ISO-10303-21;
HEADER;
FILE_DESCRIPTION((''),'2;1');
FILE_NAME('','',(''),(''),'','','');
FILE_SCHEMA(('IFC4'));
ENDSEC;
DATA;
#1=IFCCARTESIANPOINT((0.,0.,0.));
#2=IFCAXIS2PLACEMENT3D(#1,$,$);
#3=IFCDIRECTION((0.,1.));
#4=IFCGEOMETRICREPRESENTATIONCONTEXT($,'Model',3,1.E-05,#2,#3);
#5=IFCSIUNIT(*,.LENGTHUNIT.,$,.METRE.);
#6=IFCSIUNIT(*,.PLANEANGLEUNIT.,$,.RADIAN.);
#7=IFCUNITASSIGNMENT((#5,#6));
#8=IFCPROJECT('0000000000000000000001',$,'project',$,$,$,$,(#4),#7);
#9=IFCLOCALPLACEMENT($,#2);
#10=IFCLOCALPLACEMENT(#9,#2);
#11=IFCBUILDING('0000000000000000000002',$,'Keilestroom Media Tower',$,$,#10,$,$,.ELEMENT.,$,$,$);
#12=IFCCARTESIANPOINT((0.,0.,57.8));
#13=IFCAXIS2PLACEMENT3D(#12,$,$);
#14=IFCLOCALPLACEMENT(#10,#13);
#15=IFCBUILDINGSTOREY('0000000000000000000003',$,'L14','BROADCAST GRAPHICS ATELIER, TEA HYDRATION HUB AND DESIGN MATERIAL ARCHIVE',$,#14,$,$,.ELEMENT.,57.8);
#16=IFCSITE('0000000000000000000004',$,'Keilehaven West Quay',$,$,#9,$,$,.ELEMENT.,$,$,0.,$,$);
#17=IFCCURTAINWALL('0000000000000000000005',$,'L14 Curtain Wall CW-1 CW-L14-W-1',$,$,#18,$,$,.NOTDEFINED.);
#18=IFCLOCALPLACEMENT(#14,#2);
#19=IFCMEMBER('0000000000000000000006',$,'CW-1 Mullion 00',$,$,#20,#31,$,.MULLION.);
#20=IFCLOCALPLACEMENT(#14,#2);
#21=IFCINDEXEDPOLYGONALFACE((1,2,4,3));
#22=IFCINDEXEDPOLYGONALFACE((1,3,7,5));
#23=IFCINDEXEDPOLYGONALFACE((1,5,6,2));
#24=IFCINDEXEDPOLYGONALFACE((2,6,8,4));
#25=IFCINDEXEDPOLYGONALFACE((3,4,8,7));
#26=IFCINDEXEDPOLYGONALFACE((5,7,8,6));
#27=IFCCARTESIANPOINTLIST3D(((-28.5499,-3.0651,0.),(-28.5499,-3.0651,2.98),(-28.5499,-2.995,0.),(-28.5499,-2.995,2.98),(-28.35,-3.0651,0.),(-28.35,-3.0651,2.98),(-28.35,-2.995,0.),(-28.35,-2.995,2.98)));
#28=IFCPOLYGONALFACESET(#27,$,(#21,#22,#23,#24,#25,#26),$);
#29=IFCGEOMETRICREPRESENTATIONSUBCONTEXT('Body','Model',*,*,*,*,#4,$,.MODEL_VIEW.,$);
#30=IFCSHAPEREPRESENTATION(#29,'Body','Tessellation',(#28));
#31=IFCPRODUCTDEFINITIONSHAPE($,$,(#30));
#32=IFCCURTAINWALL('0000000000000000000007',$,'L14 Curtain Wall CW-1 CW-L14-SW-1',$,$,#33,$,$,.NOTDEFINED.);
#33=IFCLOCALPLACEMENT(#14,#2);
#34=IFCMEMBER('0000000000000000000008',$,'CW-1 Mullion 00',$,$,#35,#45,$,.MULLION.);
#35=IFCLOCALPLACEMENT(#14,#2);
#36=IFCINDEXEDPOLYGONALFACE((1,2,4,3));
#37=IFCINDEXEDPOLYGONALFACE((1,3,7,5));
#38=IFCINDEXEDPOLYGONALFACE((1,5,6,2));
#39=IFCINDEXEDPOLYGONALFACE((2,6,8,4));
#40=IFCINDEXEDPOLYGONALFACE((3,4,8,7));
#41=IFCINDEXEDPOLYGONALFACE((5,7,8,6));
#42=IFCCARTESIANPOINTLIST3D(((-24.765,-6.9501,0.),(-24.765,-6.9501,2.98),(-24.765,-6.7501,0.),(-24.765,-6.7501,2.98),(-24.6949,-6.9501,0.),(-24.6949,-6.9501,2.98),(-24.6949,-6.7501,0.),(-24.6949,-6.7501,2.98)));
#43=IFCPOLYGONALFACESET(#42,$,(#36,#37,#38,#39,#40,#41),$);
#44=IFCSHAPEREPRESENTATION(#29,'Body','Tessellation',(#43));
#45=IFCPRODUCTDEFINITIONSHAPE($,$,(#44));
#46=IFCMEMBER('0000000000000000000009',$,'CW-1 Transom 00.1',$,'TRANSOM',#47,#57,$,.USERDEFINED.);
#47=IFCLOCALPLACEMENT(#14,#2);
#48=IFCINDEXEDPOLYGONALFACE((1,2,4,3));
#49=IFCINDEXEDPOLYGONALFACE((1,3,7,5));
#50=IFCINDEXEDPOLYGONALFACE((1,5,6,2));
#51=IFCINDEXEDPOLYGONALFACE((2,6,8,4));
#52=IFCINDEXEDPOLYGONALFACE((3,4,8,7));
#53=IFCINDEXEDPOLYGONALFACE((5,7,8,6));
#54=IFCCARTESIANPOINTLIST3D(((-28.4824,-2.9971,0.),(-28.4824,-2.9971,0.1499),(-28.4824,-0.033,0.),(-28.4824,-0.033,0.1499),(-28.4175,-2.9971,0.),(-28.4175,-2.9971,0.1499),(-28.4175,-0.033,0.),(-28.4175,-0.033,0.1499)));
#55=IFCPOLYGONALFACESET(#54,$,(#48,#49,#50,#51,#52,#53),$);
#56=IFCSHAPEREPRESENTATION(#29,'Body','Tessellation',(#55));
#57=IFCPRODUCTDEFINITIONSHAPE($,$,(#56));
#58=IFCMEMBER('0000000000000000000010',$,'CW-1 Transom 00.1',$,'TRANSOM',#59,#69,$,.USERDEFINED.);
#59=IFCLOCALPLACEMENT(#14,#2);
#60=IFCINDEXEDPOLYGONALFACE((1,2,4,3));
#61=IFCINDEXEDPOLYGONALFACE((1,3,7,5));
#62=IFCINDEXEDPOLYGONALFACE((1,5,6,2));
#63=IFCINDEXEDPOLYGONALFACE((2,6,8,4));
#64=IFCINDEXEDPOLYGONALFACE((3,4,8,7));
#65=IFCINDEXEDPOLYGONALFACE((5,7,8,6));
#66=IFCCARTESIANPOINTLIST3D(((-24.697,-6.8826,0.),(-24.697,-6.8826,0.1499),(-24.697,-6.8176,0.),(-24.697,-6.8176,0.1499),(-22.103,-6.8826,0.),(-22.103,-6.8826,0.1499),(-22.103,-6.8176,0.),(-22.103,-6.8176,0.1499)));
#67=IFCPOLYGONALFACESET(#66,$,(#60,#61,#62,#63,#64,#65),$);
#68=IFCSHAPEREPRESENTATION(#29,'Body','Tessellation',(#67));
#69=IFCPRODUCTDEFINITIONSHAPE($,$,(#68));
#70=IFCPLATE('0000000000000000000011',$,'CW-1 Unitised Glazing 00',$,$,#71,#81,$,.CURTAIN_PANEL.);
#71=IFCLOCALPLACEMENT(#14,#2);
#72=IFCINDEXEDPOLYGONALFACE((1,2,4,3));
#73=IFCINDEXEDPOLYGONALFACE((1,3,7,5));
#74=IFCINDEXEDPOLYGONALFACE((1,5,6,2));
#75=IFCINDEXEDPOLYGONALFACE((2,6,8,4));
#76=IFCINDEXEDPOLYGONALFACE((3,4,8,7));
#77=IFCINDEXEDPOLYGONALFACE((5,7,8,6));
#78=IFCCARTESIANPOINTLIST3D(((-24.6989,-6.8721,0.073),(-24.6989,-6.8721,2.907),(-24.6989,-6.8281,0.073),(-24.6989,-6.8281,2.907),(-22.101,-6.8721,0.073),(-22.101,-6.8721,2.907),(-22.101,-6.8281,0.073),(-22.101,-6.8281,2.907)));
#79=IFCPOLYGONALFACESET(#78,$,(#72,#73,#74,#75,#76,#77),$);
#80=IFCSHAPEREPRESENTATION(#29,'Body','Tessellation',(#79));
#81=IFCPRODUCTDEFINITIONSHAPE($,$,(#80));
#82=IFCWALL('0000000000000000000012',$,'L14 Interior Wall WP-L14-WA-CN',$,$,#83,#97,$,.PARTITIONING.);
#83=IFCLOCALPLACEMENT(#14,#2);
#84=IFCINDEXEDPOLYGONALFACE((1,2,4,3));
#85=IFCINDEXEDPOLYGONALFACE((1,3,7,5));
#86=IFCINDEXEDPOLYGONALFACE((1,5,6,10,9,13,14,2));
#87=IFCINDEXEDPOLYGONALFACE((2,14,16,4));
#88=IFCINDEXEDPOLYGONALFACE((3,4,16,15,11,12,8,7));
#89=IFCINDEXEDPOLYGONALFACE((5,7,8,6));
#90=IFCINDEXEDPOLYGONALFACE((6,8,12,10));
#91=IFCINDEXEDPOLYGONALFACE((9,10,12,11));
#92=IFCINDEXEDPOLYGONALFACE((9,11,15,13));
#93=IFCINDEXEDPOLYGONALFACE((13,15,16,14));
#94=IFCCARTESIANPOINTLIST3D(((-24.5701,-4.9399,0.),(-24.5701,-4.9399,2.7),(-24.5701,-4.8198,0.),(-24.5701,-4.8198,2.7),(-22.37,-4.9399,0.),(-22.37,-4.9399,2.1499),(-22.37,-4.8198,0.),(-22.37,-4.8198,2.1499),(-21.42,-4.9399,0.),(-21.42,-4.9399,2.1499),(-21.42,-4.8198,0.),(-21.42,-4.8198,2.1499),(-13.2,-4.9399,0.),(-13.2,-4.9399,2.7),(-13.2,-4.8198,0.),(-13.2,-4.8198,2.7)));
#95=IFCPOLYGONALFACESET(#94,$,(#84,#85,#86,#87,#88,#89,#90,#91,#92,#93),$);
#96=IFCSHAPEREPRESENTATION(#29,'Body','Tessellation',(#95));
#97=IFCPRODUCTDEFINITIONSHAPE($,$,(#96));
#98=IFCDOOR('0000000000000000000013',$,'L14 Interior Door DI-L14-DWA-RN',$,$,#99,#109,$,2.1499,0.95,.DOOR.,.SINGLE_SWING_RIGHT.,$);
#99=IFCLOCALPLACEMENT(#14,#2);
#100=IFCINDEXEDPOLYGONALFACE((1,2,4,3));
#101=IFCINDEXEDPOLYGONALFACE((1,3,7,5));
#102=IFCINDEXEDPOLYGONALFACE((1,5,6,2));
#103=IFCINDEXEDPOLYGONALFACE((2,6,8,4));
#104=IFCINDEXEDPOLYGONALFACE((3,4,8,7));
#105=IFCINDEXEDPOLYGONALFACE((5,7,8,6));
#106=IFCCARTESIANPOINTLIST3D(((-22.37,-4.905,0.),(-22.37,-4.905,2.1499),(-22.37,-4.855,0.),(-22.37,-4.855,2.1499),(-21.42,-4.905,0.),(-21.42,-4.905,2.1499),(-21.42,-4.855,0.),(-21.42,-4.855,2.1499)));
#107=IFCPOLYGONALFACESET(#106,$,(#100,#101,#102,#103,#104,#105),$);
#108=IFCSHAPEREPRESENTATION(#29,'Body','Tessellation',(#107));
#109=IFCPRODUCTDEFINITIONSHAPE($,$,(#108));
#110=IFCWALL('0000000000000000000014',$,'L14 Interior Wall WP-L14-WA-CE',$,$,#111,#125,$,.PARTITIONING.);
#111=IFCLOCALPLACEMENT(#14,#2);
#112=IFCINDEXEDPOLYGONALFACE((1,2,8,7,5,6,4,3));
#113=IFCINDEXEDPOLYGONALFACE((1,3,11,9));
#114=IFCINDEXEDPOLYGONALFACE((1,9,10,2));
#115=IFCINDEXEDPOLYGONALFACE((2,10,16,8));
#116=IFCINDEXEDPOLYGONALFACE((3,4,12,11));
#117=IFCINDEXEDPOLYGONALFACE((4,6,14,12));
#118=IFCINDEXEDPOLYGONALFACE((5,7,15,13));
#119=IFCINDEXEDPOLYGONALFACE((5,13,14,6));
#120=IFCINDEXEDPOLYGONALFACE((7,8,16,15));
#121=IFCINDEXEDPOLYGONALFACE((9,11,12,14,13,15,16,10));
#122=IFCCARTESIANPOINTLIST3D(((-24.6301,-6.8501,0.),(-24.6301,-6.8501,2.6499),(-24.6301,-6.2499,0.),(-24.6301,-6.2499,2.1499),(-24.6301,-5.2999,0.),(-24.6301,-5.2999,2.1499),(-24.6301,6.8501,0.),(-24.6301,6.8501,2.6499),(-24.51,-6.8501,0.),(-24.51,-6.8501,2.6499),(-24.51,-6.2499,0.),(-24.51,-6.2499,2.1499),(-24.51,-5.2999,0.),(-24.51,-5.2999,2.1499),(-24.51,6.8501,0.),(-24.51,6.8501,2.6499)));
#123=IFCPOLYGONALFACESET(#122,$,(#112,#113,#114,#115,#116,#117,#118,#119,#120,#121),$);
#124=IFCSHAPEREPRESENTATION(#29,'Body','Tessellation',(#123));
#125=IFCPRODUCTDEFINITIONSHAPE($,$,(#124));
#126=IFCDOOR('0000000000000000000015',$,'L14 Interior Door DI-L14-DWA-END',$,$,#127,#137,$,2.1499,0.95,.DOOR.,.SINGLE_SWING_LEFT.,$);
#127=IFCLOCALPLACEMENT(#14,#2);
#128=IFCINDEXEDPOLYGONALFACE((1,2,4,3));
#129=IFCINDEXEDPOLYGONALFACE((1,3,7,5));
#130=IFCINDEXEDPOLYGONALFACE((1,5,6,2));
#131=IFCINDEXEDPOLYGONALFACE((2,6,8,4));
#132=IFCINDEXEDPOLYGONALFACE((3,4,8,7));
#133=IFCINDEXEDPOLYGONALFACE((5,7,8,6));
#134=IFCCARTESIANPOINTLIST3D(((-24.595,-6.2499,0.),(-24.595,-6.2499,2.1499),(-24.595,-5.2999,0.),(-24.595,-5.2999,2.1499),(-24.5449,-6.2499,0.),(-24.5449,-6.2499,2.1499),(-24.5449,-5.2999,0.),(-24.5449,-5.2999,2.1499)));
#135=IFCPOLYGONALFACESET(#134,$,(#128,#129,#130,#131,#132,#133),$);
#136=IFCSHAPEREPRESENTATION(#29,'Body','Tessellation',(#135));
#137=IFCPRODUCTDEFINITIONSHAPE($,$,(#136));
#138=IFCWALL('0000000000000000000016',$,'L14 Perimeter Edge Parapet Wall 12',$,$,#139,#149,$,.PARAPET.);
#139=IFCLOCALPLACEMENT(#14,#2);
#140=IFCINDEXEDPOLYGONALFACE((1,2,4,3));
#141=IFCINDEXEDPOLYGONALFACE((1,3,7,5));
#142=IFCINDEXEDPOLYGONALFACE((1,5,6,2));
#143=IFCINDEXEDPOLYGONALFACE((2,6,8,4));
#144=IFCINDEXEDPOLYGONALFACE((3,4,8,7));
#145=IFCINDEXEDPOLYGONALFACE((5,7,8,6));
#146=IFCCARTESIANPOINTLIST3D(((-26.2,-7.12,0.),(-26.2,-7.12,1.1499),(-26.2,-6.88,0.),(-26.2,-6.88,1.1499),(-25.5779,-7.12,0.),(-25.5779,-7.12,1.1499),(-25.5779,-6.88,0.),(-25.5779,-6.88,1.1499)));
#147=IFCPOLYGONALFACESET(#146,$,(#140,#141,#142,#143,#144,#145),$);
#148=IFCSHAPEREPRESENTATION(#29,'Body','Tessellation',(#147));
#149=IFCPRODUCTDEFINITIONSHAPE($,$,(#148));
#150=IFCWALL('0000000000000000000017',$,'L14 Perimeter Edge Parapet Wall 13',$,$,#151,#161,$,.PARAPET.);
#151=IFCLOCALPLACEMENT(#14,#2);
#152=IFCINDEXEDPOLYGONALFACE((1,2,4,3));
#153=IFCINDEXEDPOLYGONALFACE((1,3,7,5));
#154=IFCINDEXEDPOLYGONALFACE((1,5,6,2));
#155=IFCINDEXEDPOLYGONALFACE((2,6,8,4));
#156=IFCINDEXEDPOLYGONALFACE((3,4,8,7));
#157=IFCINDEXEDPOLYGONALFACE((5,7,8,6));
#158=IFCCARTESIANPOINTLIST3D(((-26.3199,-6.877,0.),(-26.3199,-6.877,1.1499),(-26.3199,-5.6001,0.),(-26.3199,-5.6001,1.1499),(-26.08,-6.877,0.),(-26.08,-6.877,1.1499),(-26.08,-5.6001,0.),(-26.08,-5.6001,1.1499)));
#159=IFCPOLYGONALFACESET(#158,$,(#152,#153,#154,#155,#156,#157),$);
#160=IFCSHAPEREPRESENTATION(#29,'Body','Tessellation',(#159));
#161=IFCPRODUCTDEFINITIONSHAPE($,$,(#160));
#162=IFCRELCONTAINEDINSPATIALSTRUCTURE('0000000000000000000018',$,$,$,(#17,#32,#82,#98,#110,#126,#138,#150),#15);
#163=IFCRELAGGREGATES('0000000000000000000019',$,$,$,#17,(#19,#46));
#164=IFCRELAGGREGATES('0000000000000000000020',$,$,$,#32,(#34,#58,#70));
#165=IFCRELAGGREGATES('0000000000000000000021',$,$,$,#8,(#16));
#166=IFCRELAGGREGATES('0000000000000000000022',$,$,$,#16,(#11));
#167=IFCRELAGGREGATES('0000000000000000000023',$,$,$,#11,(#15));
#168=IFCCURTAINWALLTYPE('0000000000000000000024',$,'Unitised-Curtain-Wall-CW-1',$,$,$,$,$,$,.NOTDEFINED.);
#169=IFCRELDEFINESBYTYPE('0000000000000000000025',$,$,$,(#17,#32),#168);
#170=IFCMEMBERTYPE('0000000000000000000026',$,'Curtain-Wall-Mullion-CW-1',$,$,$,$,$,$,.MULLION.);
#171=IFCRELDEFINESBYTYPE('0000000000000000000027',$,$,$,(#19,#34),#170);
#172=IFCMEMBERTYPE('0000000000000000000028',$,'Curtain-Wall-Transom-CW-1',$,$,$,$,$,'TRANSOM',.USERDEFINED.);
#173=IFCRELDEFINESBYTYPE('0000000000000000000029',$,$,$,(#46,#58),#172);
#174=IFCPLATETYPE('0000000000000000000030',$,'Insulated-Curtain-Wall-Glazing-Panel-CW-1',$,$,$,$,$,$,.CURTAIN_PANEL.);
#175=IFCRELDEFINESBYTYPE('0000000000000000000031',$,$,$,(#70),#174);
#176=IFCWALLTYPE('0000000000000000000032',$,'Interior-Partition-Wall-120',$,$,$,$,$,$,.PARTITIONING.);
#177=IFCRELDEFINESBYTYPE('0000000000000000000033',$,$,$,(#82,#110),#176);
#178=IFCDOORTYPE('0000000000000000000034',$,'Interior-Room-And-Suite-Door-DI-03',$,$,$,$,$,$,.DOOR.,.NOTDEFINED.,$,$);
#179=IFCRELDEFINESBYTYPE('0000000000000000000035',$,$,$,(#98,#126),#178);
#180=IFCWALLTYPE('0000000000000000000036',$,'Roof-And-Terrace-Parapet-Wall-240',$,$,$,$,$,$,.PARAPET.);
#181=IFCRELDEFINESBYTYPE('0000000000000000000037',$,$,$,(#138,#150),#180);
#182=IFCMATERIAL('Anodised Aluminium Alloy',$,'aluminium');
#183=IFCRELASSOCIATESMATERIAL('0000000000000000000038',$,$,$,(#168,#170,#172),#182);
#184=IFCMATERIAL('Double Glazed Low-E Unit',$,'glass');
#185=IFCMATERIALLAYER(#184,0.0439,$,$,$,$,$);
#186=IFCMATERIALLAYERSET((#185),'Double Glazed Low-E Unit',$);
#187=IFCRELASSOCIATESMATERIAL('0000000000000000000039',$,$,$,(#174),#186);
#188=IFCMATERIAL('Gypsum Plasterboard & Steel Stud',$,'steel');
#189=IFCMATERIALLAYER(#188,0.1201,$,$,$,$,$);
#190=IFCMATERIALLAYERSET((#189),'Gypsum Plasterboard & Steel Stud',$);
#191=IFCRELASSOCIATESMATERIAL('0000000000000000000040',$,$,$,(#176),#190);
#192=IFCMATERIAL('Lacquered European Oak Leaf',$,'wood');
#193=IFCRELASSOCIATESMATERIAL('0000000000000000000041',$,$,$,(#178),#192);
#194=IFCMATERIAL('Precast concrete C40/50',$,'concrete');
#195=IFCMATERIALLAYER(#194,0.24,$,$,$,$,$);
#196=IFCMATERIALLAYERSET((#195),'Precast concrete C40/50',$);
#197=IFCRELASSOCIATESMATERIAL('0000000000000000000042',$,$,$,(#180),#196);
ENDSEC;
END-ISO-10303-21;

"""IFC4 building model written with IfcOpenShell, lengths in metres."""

from ifc_helpers import new_model, si_unit, direction, frame, frame_2d, origin, origin_2d, place, context, subcontext, project, spatial, rectangle, extrude, source, transform, mapped, material, layer, layer_set, material_profile, profile_set, type_object, element, fill, aggregate, save


model = new_model("IFC4")

# Units and contexts
model_context = context("Model", 3, precision=1e-05, world=origin(), true_north=direction((0.0, 1.0)))
body_context = subcontext(model_context, "Body", "Model", "MODEL_VIEW")
ifc_project = project(units=[si_unit("LENGTHUNIT", "METRE"), si_unit("PLANEANGLEUNIT", "RADIAN")], contexts=[model_context])

# Site, building, storey
site_placement = place(None, origin())
site = spatial("IfcSite", under=ifc_project, at=site_placement, Name="Keilehaven West Quay", CompositionType="ELEMENT", RefElevation=0.0)
building_placement = place(site_placement, origin())
building = spatial("IfcBuilding", under=site, at=building_placement, Name="Keilestroom Media Tower", CompositionType="ELEMENT")
storey_placement = place(building_placement, frame((0.0, 0.0, 57.8)))
storey = spatial("IfcBuildingStorey", under=building, at=storey_placement, Name="L14", Description="BROADCAST GRAPHICS ATELIER, TEA HYDRATION HUB AND DESIGN MATERIAL ARCHIVE", CompositionType="ELEMENT", Elevation=57.8)

# Shared definitions
ifc_material_1 = material(Name="Precast concrete C40/50", Category="concrete")

# Curtain walls, members
ifc_material_2 = material(Name="Anodised Aluminium Alloy", Category="aluminium")
curtain_wall_type = type_object("IfcCurtainWallType", Name="Unitised-Curtain-Wall-CW-1", PredefinedType="NOTDEFINED", material=ifc_material_2)
curtain_wall_1_placement = place(storey_placement, origin())
curtain_wall_1 = element("IfcCurtainWall", 1, at=curtain_wall_1_placement, inside=storey, type_object=curtain_wall_type, Name="L14 Curtain Wall CW-1 CW-L14-W-1", PredefinedType="NOTDEFINED")
ifc_material_profile_1 = material_profile(ifc_material_2, rectangle(XDim=0.0701, YDim=0.2, at=origin_2d()), Name="ALU MULLION 70x200")
ifc_profile_set_1 = profile_set([ifc_material_profile_1], Name="Anodised Aluminium Alloy")
member_type_1 = type_object("IfcMemberType", Name="Curtain-Wall-Mullion-CW-1", PredefinedType="MULLION", material=ifc_profile_set_1)
shared_shape_1 = source(origin(), body_context, "Body", "SweptSolid", [
    extrude(rectangle(XDim=0.0701, YDim=0.2, at=origin_2d()), origin(), (0.0, 0.0, 1.0), 2.98),
])
member_1_placement = place(storey_placement, frame((-28.45, -3.03, 0.0), z_axis=(0.0, 0.0, 1.0), x_axis=(0.0, 1.0, 0.0)))
member_1 = element("IfcMember", 2, at=member_1_placement, type_object=member_type_1, Name="CW-1 Mullion 00", PredefinedType="MULLION", context=body_context, shape_type="MappedRepresentation", body=[
    mapped(shared_shape_1, transform((0.0, 0.0, 0.0), x_axis=(1.0, 0.0, 0.0), y_axis=(0.0, 1.0, 0.0), z_axis=(0.0, 0.0, 1.0), scale=1.0)),
])
curtain_wall_2_placement = place(storey_placement, origin())
curtain_wall_2 = element("IfcCurtainWall", 3, at=curtain_wall_2_placement, inside=storey, type_object=curtain_wall_type, Name="L14 Curtain Wall CW-1 CW-L14-SW-1", PredefinedType="NOTDEFINED")
member_2_placement = place(storey_placement, frame((-24.73, -6.8501, 0.0), z_axis=(0.0, 0.0, 1.0), x_axis=(1.0, 0.0, 0.0)))
member_2 = element("IfcMember", 4, at=member_2_placement, type_object=member_type_1, Name="CW-1 Mullion 00", PredefinedType="MULLION", context=body_context, shape_type="MappedRepresentation", body=[
    mapped(shared_shape_1, transform((0.0, 0.0, 0.0), x_axis=(1.0, 0.0, 0.0), y_axis=(0.0, 1.0, 0.0), z_axis=(0.0, 0.0, 1.0), scale=1.0)),
])

# Members
ifc_material_profile_2 = material_profile(ifc_material_2, rectangle(XDim=0.0649, YDim=0.1499, at=origin_2d()), Name="ALU TRANSOM 65x150")
ifc_profile_set_2 = profile_set([ifc_material_profile_2], Name="Anodised Aluminium Alloy")
member_type_2 = type_object("IfcMemberType", Name="Curtain-Wall-Transom-CW-1", ElementType="TRANSOM", PredefinedType="USERDEFINED", material=ifc_profile_set_2)
shared_shape_2 = source(origin(), body_context, "Body", "SweptSolid", [
    extrude(rectangle(XDim=0.0649, YDim=0.1499, at=origin_2d()), origin(), (0.0, 0.0, 1.0), 2.9641),
])
member_3_placement = place(storey_placement, frame((-28.45, -2.9971, 0.075), z_axis=(0.0, 1.0, 0.0), x_axis=(-1.0, 0.0, 0.0)))
member_3 = element("IfcMember", 5, at=member_3_placement, type_object=member_type_2, Name="CW-1 Transom 00.1", ObjectType="TRANSOM", PredefinedType="USERDEFINED", context=body_context, shape_type="MappedRepresentation", body=[
    mapped(shared_shape_2, transform((0.0, 0.0, 0.0), x_axis=(1.0, 0.0, 0.0), y_axis=(0.0, 1.0, 0.0), z_axis=(0.0, 0.0, 1.0), scale=1.0)),
])
aggregate(curtain_wall_1, [member_1, member_3])
shared_shape_3 = source(origin(), body_context, "Body", "SweptSolid", [
    extrude(rectangle(XDim=0.0649, YDim=0.1499, at=origin_2d()), origin(), (0.0, 0.0, 1.0), 2.594),
])
member_4_placement = place(storey_placement, frame((-24.697, -6.8501, 0.075), z_axis=(1.0, 0.0, 0.0), x_axis=(0.0, 1.0, 0.0)))
member_4 = element("IfcMember", 6, at=member_4_placement, type_object=member_type_2, Name="CW-1 Transom 00.1", ObjectType="TRANSOM", PredefinedType="USERDEFINED", context=body_context, shape_type="MappedRepresentation", body=[
    mapped(shared_shape_3, transform((0.0, 0.0, 0.0), x_axis=(1.0, 0.0, 0.0), y_axis=(0.0, 1.0, 0.0), z_axis=(0.0, 0.0, 1.0), scale=1.0)),
])

# Plate
ifc_material_3 = material(Name="Double Glazed Low-E Unit", Category="glass")
ifc_layer_1 = layer(ifc_material_3, 0.0439)
ifc_layer_set_1 = layer_set([ifc_layer_1], Name="Double Glazed Low-E Unit")
plate_type = type_object("IfcPlateType", Name="Insulated-Curtain-Wall-Glazing-Panel-CW-1", PredefinedType="CURTAIN_PANEL", material=ifc_layer_set_1)
shared_shape_4 = source(origin(), body_context, "Body", "SweptSolid", [
    extrude(rectangle(XDim=2.5979, YDim=0.0439, at=origin_2d()), origin(), (0.0, 0.0, 1.0), 2.834),
])
plate_placement = place(storey_placement, frame((-23.3999, -6.8501, 0.073), z_axis=(0.0, 0.0, 1.0), x_axis=(1.0, 0.0, 0.0)))
plate = element("IfcPlate", 7, at=plate_placement, type_object=plate_type, Name="CW-1 Unitised Glazing 00", PredefinedType="CURTAIN_PANEL", context=body_context, shape_type="MappedRepresentation", body=[
    mapped(shared_shape_4, transform((0.0, 0.0, 0.0), x_axis=(1.0, 0.0, 0.0), y_axis=(0.0, 1.0, 0.0), z_axis=(0.0, 0.0, 1.0), scale=1.0)),
])
aggregate(curtain_wall_2, [member_2, member_4, plate])

# Walls, openings, doors
ifc_material_4 = material(Name="Gypsum Plasterboard & Steel Stud", Category="steel")
ifc_layer_2 = layer(ifc_material_4, 0.1201)
ifc_layer_set_2 = layer_set([ifc_layer_2], Name="Gypsum Plasterboard & Steel Stud")
wall_type_1 = type_object("IfcWallType", Name="Interior-Partition-Wall-120", PredefinedType="PARTITIONING", material=ifc_layer_set_2)
wall_1_placement = place(storey_placement, frame((-24.5701, -4.8799, 0.0), z_axis=(0.0, 0.0, 1.0), x_axis=(1.0, 0.0, 0.0)))
wall_1 = element("IfcWall", 8, at=wall_1_placement, inside=storey, type_object=wall_type_1, Name="L14 Interior Wall WP-L14-WA-CN", PredefinedType="PARTITIONING", context=body_context, shape_type="SweptSolid", body=[
    extrude(rectangle(XDim=11.3701, YDim=0.1201, at=frame_2d((5.6851, 0.0))), origin(), (0.0, 0.0, 1.0), 2.7),
])
opening_1_placement = place(wall_1_placement, frame((2.2, 0.0, 0.0)))
opening_1 = element("IfcOpeningElement", 9, at=opening_1_placement, cuts=wall_1, PredefinedType="OPENING", context=body_context, shape_type="SweptSolid", body=[
    extrude(rectangle(XDim=0.95, YDim=2.1499, at=frame_2d((0.4751, 1.075))), frame((0.0, 0.0701, 0.0), z_axis=(0.0, -1.0, 0.0), x_axis=(1.0, 0.0, 0.0)), (0.0, 0.0, 1.0), 0.1401),
])
ifc_material_5 = material(Name="Lacquered European Oak Leaf", Category="wood")
door_type = type_object("IfcDoorType", Name="Interior-Room-And-Suite-Door-DI-03", OperationType="NOTDEFINED", PredefinedType="DOOR", material=ifc_material_5)
shared_shape_5 = source(origin(), body_context, "Body", "SweptSolid", [
    extrude(rectangle(XDim=0.95, YDim=2.1499, at=frame_2d((0.4751, 1.075))), frame((0.0, 0.0249, 0.0), z_axis=(0.0, -1.0, 0.0), x_axis=(1.0, 0.0, 0.0)), (0.0, 0.0, 1.0), 0.05),
])
door_1_placement = place(opening_1_placement, origin())
door_1 = element("IfcDoor", 10, at=door_1_placement, inside=storey, type_object=door_type, Name="L14 Interior Door DI-L14-DWA-RN", OperationType="SINGLE_SWING_RIGHT", OverallHeight=2.1499, OverallWidth=0.95, PredefinedType="DOOR", context=body_context, shape_type="MappedRepresentation", body=[
    mapped(shared_shape_5, transform((0.0, 0.0, 0.0), x_axis=(1.0, 0.0, 0.0), y_axis=(0.0, 1.0, 0.0), z_axis=(0.0, 0.0, 1.0), scale=1.0)),
])
fill(opening_1, door_1)
wall_2_placement = place(storey_placement, frame((-24.5701, -6.8501, 0.0), z_axis=(0.0, 0.0, 1.0), x_axis=(0.0, 1.0, 0.0)))
wall_2 = element("IfcWall", 11, at=wall_2_placement, inside=storey, type_object=wall_type_1, Name="L14 Interior Wall WP-L14-WA-CE", PredefinedType="PARTITIONING", context=body_context, shape_type="SweptSolid", body=[
    extrude(rectangle(XDim=13.7002, YDim=0.1201, at=frame_2d((6.8501, 0.0))), origin(), (0.0, 0.0, 1.0), 2.6499),
])
opening_2_placement = place(wall_2_placement, frame((0.6001, 0.0, 0.0)))
opening_2 = element("IfcOpeningElement", 12, at=opening_2_placement, cuts=wall_2, PredefinedType="OPENING", context=body_context, shape_type="SweptSolid", body=[
    extrude(rectangle(XDim=0.95, YDim=2.1499, at=frame_2d((0.4751, 1.075))), frame((0.0, 0.0701, 0.0), z_axis=(0.0, -1.0, 0.0), x_axis=(1.0, 0.0, 0.0)), (0.0, 0.0, 1.0), 0.1401),
])
door_2_placement = place(opening_2_placement, origin())
door_2 = element("IfcDoor", 13, at=door_2_placement, inside=storey, type_object=door_type, Name="L14 Interior Door DI-L14-DWA-END", OperationType="SINGLE_SWING_LEFT", OverallHeight=2.1499, OverallWidth=0.95, PredefinedType="DOOR", context=body_context, shape_type="MappedRepresentation", body=[
    mapped(shared_shape_5, transform((0.0, 0.0, 0.0), x_axis=(1.0, 0.0, 0.0), y_axis=(0.0, 1.0, 0.0), z_axis=(0.0, 0.0, 1.0), scale=1.0)),
])
fill(opening_2, door_2)

# Walls
ifc_layer_3 = layer(ifc_material_1, 0.24)
ifc_layer_set_3 = layer_set([ifc_layer_3], Name="Precast concrete C40/50")
wall_type_2 = type_object("IfcWallType", Name="Roof-And-Terrace-Parapet-Wall-240", PredefinedType="PARAPET", material=ifc_layer_set_3)
wall_3_placement = place(storey_placement, frame((-25.5779, -7.0, 0.0), z_axis=(0.0, 0.0, 1.0), x_axis=(-1.0, 0.0, 0.0)))
element("IfcWall", 14, at=wall_3_placement, inside=storey, type_object=wall_type_2, Name="L14 Perimeter Edge Parapet Wall 12", PredefinedType="PARAPET", context=body_context, shape_type="SweptSolid", body=[
    extrude(rectangle(XDim=0.6221, YDim=0.24, at=frame_2d((0.311, 0.0))), origin(), (0.0, 0.0, 1.0), 1.1499),
])
wall_4_placement = place(storey_placement, frame((-26.2, -6.877, 0.0), z_axis=(0.0, 0.0, 1.0), x_axis=(0.0, 1.0, 0.0)))
element("IfcWall", 15, at=wall_4_placement, inside=storey, type_object=wall_type_2, Name="L14 Perimeter Edge Parapet Wall 13", PredefinedType="PARAPET", context=body_context, shape_type="SweptSolid", body=[
    extrude(rectangle(XDim=1.2769, YDim=0.24, at=frame_2d((0.6384, 0.0))), origin(), (0.0, 0.0, 1.0), 1.1499),
])

save(model, "model.ifc")
